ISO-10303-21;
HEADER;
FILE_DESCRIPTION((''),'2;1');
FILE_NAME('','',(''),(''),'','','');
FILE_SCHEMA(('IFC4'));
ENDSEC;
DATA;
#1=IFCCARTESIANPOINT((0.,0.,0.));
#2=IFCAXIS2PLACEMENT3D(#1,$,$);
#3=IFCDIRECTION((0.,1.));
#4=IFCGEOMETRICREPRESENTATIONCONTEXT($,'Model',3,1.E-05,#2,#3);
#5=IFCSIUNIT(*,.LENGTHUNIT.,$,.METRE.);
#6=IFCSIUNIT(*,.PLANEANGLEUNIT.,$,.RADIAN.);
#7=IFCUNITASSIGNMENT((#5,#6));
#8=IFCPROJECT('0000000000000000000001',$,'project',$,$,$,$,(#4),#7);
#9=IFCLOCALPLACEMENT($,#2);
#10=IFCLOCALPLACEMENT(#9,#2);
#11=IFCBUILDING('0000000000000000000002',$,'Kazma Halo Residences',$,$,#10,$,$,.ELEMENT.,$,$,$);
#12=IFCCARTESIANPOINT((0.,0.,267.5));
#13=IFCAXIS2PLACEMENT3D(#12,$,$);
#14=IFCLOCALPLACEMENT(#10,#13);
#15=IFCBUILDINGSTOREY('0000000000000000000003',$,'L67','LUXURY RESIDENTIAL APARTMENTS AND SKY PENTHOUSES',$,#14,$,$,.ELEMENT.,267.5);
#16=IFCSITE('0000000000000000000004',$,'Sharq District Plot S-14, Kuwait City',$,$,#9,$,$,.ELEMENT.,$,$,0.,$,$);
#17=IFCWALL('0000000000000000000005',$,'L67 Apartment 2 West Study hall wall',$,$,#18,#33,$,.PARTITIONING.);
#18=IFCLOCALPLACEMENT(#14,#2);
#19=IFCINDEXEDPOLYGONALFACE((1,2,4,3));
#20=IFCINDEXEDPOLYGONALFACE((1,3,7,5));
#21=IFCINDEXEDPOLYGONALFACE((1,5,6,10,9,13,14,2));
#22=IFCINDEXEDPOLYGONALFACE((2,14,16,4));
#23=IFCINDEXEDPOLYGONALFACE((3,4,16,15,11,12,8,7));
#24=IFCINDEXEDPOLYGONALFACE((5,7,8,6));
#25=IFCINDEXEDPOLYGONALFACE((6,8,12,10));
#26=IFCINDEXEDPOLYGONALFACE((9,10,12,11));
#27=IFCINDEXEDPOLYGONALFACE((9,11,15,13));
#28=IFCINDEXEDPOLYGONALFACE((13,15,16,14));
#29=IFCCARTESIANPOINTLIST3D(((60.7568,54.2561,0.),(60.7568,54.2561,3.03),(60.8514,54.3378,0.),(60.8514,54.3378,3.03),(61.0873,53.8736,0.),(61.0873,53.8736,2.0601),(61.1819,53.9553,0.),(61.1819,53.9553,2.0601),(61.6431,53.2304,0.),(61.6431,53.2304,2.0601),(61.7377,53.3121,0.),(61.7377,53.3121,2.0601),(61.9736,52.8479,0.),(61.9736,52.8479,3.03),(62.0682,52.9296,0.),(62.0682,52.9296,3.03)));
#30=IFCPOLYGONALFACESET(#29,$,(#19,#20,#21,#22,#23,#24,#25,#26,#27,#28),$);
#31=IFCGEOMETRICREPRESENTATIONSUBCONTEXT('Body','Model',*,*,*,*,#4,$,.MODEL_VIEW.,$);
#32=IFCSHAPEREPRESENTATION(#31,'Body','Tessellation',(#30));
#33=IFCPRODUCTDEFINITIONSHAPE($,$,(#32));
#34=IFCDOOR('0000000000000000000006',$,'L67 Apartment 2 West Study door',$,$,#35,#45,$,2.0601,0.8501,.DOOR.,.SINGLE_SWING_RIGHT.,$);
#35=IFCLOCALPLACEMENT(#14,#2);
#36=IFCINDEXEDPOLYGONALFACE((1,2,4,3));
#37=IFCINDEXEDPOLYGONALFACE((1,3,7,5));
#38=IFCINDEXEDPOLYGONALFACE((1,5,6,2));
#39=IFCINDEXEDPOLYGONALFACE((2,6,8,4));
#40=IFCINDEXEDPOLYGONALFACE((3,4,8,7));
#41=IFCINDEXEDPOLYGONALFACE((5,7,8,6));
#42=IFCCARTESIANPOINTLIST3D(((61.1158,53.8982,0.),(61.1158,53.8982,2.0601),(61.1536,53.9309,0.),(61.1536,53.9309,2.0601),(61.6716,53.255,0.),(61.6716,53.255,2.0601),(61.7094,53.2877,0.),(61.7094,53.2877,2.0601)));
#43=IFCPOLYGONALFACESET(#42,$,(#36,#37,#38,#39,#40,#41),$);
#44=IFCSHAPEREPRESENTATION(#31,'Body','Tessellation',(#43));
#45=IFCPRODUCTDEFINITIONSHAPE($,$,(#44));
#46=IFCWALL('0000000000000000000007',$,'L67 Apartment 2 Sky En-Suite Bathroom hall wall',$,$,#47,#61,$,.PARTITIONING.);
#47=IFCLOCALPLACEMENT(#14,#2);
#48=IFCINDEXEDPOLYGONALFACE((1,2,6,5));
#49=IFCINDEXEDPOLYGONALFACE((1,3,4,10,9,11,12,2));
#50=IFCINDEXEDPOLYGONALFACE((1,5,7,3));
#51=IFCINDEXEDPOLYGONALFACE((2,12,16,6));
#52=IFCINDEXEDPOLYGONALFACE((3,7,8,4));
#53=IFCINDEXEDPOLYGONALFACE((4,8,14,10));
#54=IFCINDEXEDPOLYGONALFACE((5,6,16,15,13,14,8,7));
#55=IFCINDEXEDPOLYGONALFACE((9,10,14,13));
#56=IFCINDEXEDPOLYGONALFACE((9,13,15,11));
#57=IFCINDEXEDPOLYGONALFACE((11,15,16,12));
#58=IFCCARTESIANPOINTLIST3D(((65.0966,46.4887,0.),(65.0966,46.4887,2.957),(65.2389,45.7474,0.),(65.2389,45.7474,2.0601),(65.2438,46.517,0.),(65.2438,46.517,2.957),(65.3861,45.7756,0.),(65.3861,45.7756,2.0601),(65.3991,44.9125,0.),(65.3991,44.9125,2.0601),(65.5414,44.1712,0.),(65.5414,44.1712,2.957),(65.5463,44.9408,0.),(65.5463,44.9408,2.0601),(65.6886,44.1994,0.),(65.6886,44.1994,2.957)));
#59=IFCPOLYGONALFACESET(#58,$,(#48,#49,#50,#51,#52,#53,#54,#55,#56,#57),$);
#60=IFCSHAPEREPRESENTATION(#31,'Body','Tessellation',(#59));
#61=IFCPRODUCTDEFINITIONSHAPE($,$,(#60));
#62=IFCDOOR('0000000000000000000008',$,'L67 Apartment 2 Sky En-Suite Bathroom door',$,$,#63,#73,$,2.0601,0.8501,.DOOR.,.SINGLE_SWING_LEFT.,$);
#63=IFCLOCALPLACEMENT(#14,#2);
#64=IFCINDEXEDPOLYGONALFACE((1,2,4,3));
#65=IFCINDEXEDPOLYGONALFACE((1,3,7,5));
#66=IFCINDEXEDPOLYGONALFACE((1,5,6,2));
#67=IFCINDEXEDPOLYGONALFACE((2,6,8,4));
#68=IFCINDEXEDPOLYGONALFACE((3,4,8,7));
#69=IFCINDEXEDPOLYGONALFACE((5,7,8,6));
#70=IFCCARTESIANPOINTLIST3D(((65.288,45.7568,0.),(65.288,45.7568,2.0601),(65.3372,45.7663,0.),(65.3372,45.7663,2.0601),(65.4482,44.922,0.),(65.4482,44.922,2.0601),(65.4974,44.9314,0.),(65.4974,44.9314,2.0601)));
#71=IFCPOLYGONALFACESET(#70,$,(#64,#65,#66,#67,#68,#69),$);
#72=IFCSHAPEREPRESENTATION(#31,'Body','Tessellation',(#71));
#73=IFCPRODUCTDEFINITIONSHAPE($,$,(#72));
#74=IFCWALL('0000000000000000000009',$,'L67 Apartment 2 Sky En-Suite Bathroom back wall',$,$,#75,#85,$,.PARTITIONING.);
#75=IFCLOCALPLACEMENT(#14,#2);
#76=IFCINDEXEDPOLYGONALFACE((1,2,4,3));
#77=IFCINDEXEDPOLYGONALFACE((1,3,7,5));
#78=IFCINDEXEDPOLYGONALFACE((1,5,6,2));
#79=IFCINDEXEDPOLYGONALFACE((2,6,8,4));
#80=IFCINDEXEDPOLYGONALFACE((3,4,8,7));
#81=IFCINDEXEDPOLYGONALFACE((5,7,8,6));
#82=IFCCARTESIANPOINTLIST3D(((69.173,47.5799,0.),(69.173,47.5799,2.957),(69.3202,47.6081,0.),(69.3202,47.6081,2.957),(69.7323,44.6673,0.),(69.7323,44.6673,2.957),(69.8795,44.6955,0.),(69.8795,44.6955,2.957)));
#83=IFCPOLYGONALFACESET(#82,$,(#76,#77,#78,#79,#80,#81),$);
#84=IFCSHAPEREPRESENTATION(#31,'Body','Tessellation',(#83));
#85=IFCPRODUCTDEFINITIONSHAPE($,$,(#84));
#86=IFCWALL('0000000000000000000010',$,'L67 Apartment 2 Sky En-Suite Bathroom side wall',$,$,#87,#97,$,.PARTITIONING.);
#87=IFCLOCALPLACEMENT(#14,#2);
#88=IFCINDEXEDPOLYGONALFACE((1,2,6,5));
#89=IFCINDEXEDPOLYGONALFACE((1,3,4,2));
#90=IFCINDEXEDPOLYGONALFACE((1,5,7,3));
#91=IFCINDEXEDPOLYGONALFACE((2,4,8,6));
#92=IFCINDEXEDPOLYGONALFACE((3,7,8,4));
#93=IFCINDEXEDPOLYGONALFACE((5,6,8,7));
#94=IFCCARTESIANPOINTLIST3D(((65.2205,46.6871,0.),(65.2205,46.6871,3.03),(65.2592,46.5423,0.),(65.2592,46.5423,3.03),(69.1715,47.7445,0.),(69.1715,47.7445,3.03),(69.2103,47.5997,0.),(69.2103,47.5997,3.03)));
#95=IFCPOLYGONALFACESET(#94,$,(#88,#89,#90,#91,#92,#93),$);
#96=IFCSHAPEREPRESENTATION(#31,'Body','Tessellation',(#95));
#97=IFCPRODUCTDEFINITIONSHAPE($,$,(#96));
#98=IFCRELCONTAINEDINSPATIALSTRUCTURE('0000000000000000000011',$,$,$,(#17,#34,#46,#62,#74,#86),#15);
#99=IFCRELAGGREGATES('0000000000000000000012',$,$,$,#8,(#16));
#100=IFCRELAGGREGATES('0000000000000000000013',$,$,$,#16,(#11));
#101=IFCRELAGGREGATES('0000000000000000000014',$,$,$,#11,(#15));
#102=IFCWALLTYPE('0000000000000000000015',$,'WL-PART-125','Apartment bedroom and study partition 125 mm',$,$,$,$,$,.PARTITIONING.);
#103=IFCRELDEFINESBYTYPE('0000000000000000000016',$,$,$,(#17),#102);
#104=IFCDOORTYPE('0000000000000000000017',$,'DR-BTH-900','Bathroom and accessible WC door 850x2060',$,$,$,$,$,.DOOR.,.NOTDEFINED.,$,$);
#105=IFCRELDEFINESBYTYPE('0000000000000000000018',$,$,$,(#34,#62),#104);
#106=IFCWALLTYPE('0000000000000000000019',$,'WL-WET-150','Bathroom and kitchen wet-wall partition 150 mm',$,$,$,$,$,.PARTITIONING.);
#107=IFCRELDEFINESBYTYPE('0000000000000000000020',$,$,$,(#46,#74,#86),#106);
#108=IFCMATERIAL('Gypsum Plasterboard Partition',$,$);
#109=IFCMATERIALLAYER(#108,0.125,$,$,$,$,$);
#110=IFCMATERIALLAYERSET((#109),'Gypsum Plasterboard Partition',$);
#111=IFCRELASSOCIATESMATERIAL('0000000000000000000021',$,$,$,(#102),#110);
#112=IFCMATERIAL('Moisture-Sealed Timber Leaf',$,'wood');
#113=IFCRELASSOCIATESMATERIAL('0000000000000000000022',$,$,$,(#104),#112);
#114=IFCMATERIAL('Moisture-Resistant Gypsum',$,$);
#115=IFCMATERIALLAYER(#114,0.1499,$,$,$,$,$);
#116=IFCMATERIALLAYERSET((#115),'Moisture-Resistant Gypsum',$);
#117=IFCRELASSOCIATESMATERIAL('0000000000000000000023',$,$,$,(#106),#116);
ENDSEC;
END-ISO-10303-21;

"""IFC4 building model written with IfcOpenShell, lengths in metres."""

from ifc_helpers import new_model, si_unit, direction, frame, frame_2d, origin, place, context, subcontext, project, spatial, rectangle, extrude, material, layer, layer_set, type_object, element, fill, save


model = new_model("IFC4")

# Units and contexts
model_context = context("Model", 3, precision=1e-05, world=origin(), true_north=direction((0.0, 1.0)))
body_context = subcontext(model_context, "Body", "Model", "MODEL_VIEW")
ifc_project = project(units=[si_unit("LENGTHUNIT", "METRE"), si_unit("PLANEANGLEUNIT", "RADIAN")], contexts=[model_context])

# Site, building, storey
site_placement = place(None, origin())
site = spatial("IfcSite", under=ifc_project, at=site_placement, Name="Sharq District Plot S-14, Kuwait City", CompositionType="ELEMENT", RefElevation=0.0)
building_placement = place(site_placement, origin())
building = spatial("IfcBuilding", under=site, at=building_placement, Name="Kazma Halo Residences", CompositionType="ELEMENT")
storey_placement = place(building_placement, frame((0.0, 0.0, 267.5)))
storey = spatial("IfcBuildingStorey", under=building, at=storey_placement, Name="L67", Description="LUXURY RESIDENTIAL APARTMENTS AND SKY PENTHOUSES", CompositionType="ELEMENT", Elevation=267.5)

# Shared definitions
ifc_material_1 = material(Name="Gypsum Plasterboard Partition")
ifc_layer_1 = layer(ifc_material_1, 0.125)
ifc_layer_set_1 = layer_set([ifc_layer_1], Name="Gypsum Plasterboard Partition")
wall_type_1 = type_object("IfcWallType", Name="WL-PART-125", Description="Apartment bedroom and study partition 125 mm", PredefinedType="PARTITIONING", material=ifc_layer_set_1)

# Shared definitions
ifc_material_2 = material(Name="Moisture-Sealed Timber Leaf", Category="wood")
door_type = type_object("IfcDoorType", Name="DR-BTH-900", Description="Bathroom and accessible WC door 850x2060", OperationType="NOTDEFINED", PredefinedType="DOOR", material=ifc_material_2)

# Walls, openings, doors
wall_1_placement = place(storey_placement, frame((62.021, 52.8887, 0.0), z_axis=(0.0, 0.0, 1.0), x_axis=(-0.653811, 0.756658, 0.0)))
wall_1 = element("IfcWall", 1, at=wall_1_placement, inside=storey, type_object=wall_type_1, Name="L67 Apartment 2 West Study hall wall", PredefinedType="PARTITIONING", context=body_context, shape_type="SweptSolid", body=[
    extrude(rectangle(XDim=1.8611, YDim=0.125, at=frame_2d((0.9307, 0.0))), origin(), (0.0, 0.0, 1.0), 3.03),
])
opening_1_placement = place(wall_1_placement, frame((0.5056, 0.0, 0.0)))
opening_1 = element("IfcOpeningElement", 2, at=opening_1_placement, cuts=wall_1, PredefinedType="OPENING", context=body_context, shape_type="SweptSolid", body=[
    extrude(rectangle(XDim=0.8501, YDim=2.0601, at=frame_2d((0.425, 1.03))), frame((0.0, 0.0725, 0.0), z_axis=(0.0, -1.0, 0.0), x_axis=(1.0, 0.0, 0.0)), (0.0, 0.0, 1.0), 0.145),
])
door_1_placement = place(opening_1_placement, origin())
door_1 = element("IfcDoor", 3, at=door_1_placement, inside=storey, type_object=door_type, Name="L67 Apartment 2 West Study door", OperationType="SINGLE_SWING_RIGHT", OverallHeight=2.0601, OverallWidth=0.8501, PredefinedType="DOOR", context=body_context, shape_type="SweptSolid", body=[
    extrude(rectangle(XDim=0.8501, YDim=2.0601, at=frame_2d((0.425, 1.03))), frame((0.0, 0.0249, 0.0), z_axis=(0.0, -1.0, 0.0), x_axis=(1.0, 0.0, 0.0)), (0.0, 0.0, 1.0), 0.05),
])
fill(opening_1, door_1)
ifc_material_3 = material(Name="Moisture-Resistant Gypsum")
ifc_layer_2 = layer(ifc_material_3, 0.1499)
ifc_layer_set_2 = layer_set([ifc_layer_2], Name="Moisture-Resistant Gypsum")
wall_type_2 = type_object("IfcWallType", Name="WL-WET-150", Description="Bathroom and kitchen wet-wall partition 150 mm", PredefinedType="PARTITIONING", material=ifc_layer_set_2)
wall_2_placement = place(storey_placement, frame((65.615, 44.1853, 0.0), z_axis=(0.0, 0.0, 1.0), x_axis=(-0.188491, 0.982075, 0.0)))
wall_2 = element("IfcWall", 4, at=wall_2_placement, inside=storey, type_object=wall_type_2, Name="L67 Apartment 2 Sky En-Suite Bathroom hall wall", PredefinedType="PARTITIONING", context=body_context, shape_type="SweptSolid", body=[
    extrude(rectangle(XDim=2.3599, YDim=0.1499, at=frame_2d((1.1799, 0.0))), origin(), (0.0, 0.0, 1.0), 2.957),
])
opening_2_placement = place(wall_2_placement, frame((0.7549, 0.0, 0.0)))
opening_2 = element("IfcOpeningElement", 5, at=opening_2_placement, cuts=wall_2, PredefinedType="OPENING", context=body_context, shape_type="SweptSolid", body=[
    extrude(rectangle(XDim=0.8501, YDim=2.0601, at=frame_2d((0.425, 1.03))), frame((0.0, 0.085, 0.0), z_axis=(0.0, -1.0, 0.0), x_axis=(1.0, 0.0, 0.0)), (0.0, 0.0, 1.0), 0.1699),
])
door_2_placement = place(opening_2_placement, origin())
door_2 = element("IfcDoor", 6, at=door_2_placement, inside=storey, type_object=door_type, Name="L67 Apartment 2 Sky En-Suite Bathroom door", OperationType="SINGLE_SWING_LEFT", OverallHeight=2.0601, OverallWidth=0.8501, PredefinedType="DOOR", context=body_context, shape_type="SweptSolid", body=[
    extrude(rectangle(XDim=0.8501, YDim=2.0601, at=frame_2d((0.425, 1.03))), frame((0.0, 0.0249, 0.0), z_axis=(0.0, -1.0, 0.0), x_axis=(1.0, 0.0, 0.0)), (0.0, 0.0, 1.0), 0.05),
])
fill(opening_2, door_2)

# Walls
wall_3_placement = place(storey_placement, frame((69.8059, 44.6814, 0.0), z_axis=(0.0, 0.0, 1.0), x_axis=(-0.188591, 0.982056, 0.0)))
element("IfcWall", 7, at=wall_3_placement, inside=storey, type_object=wall_type_2, Name="L67 Apartment 2 Sky En-Suite Bathroom back wall", PredefinedType="PARTITIONING", context=body_context, shape_type="SweptSolid", body=[
    extrude(rectangle(XDim=2.9658, YDim=0.1499, at=frame_2d((1.4829, 0.0))), origin(), (0.0, 0.0, 1.0), 2.957),
])
wall_4_placement = place(storey_placement, frame((65.24, 46.6147, 0.0), z_axis=(0.0, 0.0, 1.0), x_axis=(0.966004, 0.258528, 0.0)))
element("IfcWall", 8, at=wall_4_placement, inside=storey, type_object=wall_type_2, Name="L67 Apartment 2 Sky En-Suite Bathroom side wall", PredefinedType="PARTITIONING", context=body_context, shape_type="SweptSolid", body=[
    extrude(rectangle(XDim=4.0901, YDim=0.1499, at=frame_2d((2.0449, 0.0))), origin(), (0.0, 0.0, 1.0), 3.03),
])

save(model, "model.ifc")
